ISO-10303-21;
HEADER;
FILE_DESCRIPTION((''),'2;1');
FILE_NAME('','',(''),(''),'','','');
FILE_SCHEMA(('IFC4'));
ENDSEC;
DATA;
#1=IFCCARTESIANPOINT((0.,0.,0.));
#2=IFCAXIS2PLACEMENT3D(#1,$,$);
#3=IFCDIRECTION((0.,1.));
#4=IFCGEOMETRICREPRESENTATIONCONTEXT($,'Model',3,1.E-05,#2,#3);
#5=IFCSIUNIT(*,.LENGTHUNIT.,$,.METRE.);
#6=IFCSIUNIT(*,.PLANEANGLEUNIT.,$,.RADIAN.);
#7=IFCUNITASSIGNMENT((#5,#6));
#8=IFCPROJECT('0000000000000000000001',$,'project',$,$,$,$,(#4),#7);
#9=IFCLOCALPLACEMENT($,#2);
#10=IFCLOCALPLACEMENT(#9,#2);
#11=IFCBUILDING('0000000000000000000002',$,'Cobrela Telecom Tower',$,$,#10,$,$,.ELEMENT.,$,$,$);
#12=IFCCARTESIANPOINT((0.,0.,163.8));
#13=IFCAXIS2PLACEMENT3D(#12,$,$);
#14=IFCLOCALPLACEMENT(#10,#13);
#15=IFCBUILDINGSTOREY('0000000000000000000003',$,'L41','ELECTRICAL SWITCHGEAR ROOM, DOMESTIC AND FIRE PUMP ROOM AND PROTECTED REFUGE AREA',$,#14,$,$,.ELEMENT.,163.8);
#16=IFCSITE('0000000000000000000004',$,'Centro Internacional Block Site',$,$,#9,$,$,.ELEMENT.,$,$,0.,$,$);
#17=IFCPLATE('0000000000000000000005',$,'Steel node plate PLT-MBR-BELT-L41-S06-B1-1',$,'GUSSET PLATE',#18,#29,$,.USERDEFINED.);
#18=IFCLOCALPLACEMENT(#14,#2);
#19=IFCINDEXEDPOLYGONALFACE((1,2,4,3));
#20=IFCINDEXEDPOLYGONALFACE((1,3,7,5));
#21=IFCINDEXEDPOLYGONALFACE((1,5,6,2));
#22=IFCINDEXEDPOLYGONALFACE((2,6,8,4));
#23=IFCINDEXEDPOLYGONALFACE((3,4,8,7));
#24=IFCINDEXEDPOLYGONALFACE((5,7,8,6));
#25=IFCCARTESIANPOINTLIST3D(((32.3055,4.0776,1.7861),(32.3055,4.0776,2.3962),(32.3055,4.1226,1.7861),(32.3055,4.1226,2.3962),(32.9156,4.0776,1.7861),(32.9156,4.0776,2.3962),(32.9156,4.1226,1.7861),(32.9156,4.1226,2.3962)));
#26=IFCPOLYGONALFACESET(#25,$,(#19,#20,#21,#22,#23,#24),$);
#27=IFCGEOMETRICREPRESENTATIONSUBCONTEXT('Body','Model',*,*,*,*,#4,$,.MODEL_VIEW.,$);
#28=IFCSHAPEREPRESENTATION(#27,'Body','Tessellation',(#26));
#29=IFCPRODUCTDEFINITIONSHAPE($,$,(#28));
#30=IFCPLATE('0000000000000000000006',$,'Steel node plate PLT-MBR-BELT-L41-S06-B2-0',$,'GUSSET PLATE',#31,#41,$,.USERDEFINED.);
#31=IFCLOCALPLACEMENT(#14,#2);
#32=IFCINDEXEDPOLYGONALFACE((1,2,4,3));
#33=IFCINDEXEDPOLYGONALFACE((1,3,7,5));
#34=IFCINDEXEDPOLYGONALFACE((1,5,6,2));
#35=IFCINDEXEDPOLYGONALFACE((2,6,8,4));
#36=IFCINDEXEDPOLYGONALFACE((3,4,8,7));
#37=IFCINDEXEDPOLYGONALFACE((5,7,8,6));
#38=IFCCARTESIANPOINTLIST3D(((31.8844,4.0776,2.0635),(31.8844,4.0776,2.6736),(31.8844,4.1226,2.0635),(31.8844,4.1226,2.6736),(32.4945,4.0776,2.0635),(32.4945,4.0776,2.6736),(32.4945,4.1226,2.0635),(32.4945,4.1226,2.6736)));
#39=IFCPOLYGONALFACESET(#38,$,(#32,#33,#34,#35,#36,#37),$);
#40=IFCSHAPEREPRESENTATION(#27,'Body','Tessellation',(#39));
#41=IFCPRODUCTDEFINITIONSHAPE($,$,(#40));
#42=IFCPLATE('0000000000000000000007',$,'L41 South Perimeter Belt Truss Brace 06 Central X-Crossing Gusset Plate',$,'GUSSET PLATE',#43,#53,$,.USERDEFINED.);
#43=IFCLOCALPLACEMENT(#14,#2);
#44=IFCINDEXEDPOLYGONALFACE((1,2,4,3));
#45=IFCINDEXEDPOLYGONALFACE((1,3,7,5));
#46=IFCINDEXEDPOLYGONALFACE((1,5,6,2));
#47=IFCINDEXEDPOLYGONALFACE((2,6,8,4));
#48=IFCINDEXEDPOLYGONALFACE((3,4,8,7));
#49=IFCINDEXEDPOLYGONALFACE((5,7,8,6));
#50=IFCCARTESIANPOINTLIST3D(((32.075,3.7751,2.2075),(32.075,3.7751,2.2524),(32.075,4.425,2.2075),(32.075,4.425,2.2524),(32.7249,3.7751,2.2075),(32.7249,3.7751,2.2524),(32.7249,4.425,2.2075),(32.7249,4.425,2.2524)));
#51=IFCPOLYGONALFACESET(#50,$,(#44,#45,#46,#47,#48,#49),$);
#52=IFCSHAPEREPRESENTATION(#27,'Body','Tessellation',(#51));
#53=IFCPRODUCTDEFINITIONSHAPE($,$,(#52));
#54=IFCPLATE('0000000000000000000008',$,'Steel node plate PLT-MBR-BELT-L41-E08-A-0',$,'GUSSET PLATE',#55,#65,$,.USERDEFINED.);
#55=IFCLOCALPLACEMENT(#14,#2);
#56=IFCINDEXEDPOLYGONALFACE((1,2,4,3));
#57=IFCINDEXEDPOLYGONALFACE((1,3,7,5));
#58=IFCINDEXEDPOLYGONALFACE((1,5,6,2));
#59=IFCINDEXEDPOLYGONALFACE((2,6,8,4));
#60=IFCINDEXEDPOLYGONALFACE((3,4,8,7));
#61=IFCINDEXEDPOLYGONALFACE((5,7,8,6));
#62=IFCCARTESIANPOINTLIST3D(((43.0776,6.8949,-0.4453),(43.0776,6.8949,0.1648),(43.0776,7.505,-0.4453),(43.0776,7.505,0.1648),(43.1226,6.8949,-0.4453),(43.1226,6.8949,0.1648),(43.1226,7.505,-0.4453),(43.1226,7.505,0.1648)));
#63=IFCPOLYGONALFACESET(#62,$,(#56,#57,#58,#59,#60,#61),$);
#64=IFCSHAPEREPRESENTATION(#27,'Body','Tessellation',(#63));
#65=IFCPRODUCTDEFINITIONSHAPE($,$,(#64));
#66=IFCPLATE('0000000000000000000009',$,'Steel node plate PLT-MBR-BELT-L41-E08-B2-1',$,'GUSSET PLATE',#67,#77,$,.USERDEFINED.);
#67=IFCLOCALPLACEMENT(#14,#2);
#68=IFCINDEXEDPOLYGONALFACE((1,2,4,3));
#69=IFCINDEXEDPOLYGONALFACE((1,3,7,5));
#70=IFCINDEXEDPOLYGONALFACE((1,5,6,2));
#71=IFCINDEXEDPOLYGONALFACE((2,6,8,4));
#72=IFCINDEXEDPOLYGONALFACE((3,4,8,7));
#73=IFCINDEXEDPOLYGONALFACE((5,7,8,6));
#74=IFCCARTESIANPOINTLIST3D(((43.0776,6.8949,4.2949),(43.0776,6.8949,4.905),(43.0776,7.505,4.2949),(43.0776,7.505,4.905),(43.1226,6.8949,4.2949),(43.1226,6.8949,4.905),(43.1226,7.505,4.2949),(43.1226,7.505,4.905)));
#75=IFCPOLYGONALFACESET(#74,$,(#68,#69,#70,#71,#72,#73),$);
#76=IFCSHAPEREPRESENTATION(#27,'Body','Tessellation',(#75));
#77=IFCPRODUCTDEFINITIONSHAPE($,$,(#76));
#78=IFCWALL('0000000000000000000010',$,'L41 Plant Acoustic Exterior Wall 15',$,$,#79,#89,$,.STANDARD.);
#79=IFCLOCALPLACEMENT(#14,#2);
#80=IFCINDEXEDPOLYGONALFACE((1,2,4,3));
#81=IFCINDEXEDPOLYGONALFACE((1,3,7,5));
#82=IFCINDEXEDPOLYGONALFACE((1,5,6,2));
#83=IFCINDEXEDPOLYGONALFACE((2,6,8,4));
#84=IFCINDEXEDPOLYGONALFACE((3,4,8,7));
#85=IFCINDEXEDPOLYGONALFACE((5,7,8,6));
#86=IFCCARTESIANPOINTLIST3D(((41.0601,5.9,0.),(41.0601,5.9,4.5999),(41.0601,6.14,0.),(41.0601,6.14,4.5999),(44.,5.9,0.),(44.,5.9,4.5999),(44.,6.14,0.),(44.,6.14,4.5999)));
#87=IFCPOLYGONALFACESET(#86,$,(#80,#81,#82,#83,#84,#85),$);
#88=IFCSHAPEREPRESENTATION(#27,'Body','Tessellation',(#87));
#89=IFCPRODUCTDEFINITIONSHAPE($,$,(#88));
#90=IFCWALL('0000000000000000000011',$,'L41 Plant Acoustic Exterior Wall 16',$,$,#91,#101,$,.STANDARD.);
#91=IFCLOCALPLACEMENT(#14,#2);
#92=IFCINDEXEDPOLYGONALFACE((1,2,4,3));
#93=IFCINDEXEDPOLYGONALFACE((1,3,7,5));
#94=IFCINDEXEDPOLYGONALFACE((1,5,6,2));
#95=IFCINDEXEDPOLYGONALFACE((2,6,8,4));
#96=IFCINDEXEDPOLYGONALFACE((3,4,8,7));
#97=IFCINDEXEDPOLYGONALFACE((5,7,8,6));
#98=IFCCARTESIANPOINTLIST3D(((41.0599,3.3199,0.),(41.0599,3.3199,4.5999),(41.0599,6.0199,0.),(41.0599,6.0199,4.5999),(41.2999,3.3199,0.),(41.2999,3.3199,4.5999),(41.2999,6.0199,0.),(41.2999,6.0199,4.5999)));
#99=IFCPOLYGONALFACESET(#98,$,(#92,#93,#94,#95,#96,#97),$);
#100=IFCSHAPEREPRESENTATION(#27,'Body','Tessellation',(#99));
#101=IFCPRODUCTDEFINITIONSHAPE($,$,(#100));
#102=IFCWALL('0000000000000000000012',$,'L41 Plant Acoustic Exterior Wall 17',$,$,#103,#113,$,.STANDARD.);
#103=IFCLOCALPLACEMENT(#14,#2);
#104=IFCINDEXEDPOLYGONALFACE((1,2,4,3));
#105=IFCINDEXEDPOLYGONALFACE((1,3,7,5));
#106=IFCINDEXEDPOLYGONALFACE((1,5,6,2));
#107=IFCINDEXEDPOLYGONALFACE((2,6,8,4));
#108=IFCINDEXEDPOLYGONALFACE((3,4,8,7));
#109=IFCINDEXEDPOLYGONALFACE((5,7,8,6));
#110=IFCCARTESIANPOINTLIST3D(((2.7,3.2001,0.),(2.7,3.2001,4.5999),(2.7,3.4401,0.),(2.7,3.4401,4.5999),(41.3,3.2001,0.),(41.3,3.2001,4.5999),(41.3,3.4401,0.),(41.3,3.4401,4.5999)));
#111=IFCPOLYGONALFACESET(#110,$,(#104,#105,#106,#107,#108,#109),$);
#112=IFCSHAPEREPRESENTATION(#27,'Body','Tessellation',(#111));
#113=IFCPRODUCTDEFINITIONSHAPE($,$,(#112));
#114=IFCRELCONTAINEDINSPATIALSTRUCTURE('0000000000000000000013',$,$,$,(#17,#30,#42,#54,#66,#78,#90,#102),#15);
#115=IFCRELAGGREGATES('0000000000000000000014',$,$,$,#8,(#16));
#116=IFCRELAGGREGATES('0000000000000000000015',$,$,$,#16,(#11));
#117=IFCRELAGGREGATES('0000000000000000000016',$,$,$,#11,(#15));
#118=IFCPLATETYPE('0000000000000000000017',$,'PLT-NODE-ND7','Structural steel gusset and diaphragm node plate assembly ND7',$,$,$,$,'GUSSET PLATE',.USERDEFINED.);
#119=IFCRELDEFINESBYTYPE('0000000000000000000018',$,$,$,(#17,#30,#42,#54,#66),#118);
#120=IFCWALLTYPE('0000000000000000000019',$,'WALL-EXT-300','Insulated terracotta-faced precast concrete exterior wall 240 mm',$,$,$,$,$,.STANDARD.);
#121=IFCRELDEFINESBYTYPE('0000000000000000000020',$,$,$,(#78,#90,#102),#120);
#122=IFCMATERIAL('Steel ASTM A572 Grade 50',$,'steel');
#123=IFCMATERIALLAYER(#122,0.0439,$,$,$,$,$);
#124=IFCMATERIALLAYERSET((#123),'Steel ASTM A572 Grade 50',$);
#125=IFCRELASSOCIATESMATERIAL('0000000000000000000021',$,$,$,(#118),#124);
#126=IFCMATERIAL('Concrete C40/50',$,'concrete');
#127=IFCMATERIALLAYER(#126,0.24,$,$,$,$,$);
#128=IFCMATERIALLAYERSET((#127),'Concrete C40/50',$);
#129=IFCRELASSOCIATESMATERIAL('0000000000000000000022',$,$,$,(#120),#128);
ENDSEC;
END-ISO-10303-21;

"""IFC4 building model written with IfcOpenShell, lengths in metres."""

from ifc_helpers import new_model, si_unit, direction, frame, frame_2d, origin, origin_2d, place, context, subcontext, project, spatial, rectangle, extrude, material, layer, layer_set, type_object, element, save


model = new_model("IFC4")

# Units and contexts
model_context = context("Model", 3, precision=1e-05, world=origin(), true_north=direction((0.0, 1.0)))
body_context = subcontext(model_context, "Body", "Model", "MODEL_VIEW")
ifc_project = project(units=[si_unit("LENGTHUNIT", "METRE"), si_unit("PLANEANGLEUNIT", "RADIAN")], contexts=[model_context])

# Site, building, storey
site_placement = place(None, origin())
site = spatial("IfcSite", under=ifc_project, at=site_placement, Name="Centro Internacional Block Site", CompositionType="ELEMENT", RefElevation=0.0)
building_placement = place(site_placement, origin())
building = spatial("IfcBuilding", under=site, at=building_placement, Name="Cobrela Telecom Tower", CompositionType="ELEMENT")
storey_placement = place(building_placement, frame((0.0, 0.0, 163.8)))
storey = spatial("IfcBuildingStorey", under=building, at=storey_placement, Name="L41", Description="ELECTRICAL SWITCHGEAR ROOM, DOMESTIC AND FIRE PUMP ROOM AND PROTECTED REFUGE AREA", CompositionType="ELEMENT", Elevation=163.8)

# Shared definitions
ifc_material_1 = material(Name="Steel ASTM A572 Grade 50", Category="steel")

# Plates
ifc_layer_1 = layer(ifc_material_1, 0.0439)
ifc_layer_set_1 = layer_set([ifc_layer_1], Name="Steel ASTM A572 Grade 50")
plate_type_1 = type_object("IfcPlateType", Name="PLT-NODE-ND7", Description="Structural steel gusset and diaphragm node plate assembly ND7", ElementType="GUSSET PLATE", PredefinedType="USERDEFINED", material=ifc_layer_set_1)
for number, where, z_axis, x_axis, name in (
    (1, (32.6106, 4.1001, 1.7861), (0.0, 0.0, 1.0), (-1.0, 0.0, 0.0), "Steel node plate PLT-MBR-BELT-L41-S06-B1-1"),
    (2, (32.1895, 4.1001, 2.0635), (0.0, 0.0, 1.0), (-1.0, 0.0, 0.0), "Steel node plate PLT-MBR-BELT-L41-S06-B2-0"),
):
    element("IfcPlate", number, at=place(storey_placement, frame(where, z_axis=z_axis, x_axis=x_axis)), inside=storey, type_object=plate_type_1, Name=name, ObjectType="GUSSET PLATE", PredefinedType="USERDEFINED", context=body_context, shape_type="SweptSolid", body=[
        extrude(rectangle(XDim=0.6101, YDim=0.0449, at=origin_2d()), origin(), (0.0, 0.0, 1.0), 0.6101),
    ])
plate_1_placement = place(storey_placement, frame((32.3999, 4.1001, 2.2075), z_axis=(0.0, 0.0, 1.0), x_axis=(1.0, 0.0, 0.0)))
element("IfcPlate", 3, at=plate_1_placement, inside=storey, type_object=plate_type_1, Name="L41 South Perimeter Belt Truss Brace 06 Central X-Crossing Gusset Plate", ObjectType="GUSSET PLATE", PredefinedType="USERDEFINED", context=body_context, shape_type="SweptSolid", body=[
    extrude(rectangle(XDim=0.6499, YDim=0.6499, at=origin_2d()), origin(), (0.0, 0.0, 1.0), 0.0449),
])
for number, where, z_axis, x_axis, name in (
    (4, (43.1001, 7.2, -0.4453), (0.0, 0.0, 1.0), (0.0, 1.0, 0.0), "Steel node plate PLT-MBR-BELT-L41-E08-A-0"),
    (5, (43.1001, 7.2, 4.2949), (0.0, 0.0, 1.0), (0.0, -1.0, 0.0), "Steel node plate PLT-MBR-BELT-L41-E08-B2-1"),
):
    element("IfcPlate", number, at=place(storey_placement, frame(where, z_axis=z_axis, x_axis=x_axis)), inside=storey, type_object=plate_type_1, Name=name, ObjectType="GUSSET PLATE", PredefinedType="USERDEFINED", context=body_context, shape_type="SweptSolid", body=[
        extrude(rectangle(XDim=0.6101, YDim=0.0449, at=origin_2d()), origin(), (0.0, 0.0, 1.0), 0.6101),
    ])

# Walls
ifc_material_2 = material(Name="Concrete C40/50", Category="concrete")
ifc_layer_2 = layer(ifc_material_2, 0.24)
ifc_layer_set_2 = layer_set([ifc_layer_2], Name="Concrete C40/50")
wall_type = type_object("IfcWallType", Name="WALL-EXT-300", Description="Insulated terracotta-faced precast concrete exterior wall 240 mm", PredefinedType="STANDARD", material=ifc_layer_set_2)
wall_1_placement = place(storey_placement, frame((44.0, 6.02, 0.0), z_axis=(0.0, 0.0, 1.0), x_axis=(-1.0, 0.0, 0.0)))
element("IfcWall", 6, at=wall_1_placement, inside=storey, type_object=wall_type, Name="L41 Plant Acoustic Exterior Wall 15", PredefinedType="STANDARD", context=body_context, shape_type="SweptSolid", body=[
    extrude(rectangle(XDim=2.9399, YDim=0.24, at=frame_2d((1.47, 0.0))), origin(), (0.0, 0.0, 1.0), 4.5999),
])
wall_2_placement = place(storey_placement, frame((41.1799, 6.02, 0.0), z_axis=(0.0, 0.0, 1.0), x_axis=(0.0, -1.0, 0.0)))
element("IfcWall", 7, at=wall_2_placement, inside=storey, type_object=wall_type, Name="L41 Plant Acoustic Exterior Wall 16", PredefinedType="STANDARD", context=body_context, shape_type="SweptSolid", body=[
    extrude(rectangle(XDim=2.7, YDim=0.24, at=frame_2d((1.3501, 0.0))), origin(), (0.0, 0.0, 1.0), 4.5999),
])
wall_3_placement = place(storey_placement, frame((41.3, 3.3201, 0.0), z_axis=(0.0, 0.0, 1.0), x_axis=(-1.0, 0.0, 0.0)))
element("IfcWall", 8, at=wall_3_placement, inside=storey, type_object=wall_type, Name="L41 Plant Acoustic Exterior Wall 17", PredefinedType="STANDARD", context=body_context, shape_type="SweptSolid", body=[
    extrude(rectangle(XDim=38.6001, YDim=0.24, at=frame_2d((19.3, 0.0))), origin(), (0.0, 0.0, 1.0), 4.5999),
])

save(model, "model.ifc")
